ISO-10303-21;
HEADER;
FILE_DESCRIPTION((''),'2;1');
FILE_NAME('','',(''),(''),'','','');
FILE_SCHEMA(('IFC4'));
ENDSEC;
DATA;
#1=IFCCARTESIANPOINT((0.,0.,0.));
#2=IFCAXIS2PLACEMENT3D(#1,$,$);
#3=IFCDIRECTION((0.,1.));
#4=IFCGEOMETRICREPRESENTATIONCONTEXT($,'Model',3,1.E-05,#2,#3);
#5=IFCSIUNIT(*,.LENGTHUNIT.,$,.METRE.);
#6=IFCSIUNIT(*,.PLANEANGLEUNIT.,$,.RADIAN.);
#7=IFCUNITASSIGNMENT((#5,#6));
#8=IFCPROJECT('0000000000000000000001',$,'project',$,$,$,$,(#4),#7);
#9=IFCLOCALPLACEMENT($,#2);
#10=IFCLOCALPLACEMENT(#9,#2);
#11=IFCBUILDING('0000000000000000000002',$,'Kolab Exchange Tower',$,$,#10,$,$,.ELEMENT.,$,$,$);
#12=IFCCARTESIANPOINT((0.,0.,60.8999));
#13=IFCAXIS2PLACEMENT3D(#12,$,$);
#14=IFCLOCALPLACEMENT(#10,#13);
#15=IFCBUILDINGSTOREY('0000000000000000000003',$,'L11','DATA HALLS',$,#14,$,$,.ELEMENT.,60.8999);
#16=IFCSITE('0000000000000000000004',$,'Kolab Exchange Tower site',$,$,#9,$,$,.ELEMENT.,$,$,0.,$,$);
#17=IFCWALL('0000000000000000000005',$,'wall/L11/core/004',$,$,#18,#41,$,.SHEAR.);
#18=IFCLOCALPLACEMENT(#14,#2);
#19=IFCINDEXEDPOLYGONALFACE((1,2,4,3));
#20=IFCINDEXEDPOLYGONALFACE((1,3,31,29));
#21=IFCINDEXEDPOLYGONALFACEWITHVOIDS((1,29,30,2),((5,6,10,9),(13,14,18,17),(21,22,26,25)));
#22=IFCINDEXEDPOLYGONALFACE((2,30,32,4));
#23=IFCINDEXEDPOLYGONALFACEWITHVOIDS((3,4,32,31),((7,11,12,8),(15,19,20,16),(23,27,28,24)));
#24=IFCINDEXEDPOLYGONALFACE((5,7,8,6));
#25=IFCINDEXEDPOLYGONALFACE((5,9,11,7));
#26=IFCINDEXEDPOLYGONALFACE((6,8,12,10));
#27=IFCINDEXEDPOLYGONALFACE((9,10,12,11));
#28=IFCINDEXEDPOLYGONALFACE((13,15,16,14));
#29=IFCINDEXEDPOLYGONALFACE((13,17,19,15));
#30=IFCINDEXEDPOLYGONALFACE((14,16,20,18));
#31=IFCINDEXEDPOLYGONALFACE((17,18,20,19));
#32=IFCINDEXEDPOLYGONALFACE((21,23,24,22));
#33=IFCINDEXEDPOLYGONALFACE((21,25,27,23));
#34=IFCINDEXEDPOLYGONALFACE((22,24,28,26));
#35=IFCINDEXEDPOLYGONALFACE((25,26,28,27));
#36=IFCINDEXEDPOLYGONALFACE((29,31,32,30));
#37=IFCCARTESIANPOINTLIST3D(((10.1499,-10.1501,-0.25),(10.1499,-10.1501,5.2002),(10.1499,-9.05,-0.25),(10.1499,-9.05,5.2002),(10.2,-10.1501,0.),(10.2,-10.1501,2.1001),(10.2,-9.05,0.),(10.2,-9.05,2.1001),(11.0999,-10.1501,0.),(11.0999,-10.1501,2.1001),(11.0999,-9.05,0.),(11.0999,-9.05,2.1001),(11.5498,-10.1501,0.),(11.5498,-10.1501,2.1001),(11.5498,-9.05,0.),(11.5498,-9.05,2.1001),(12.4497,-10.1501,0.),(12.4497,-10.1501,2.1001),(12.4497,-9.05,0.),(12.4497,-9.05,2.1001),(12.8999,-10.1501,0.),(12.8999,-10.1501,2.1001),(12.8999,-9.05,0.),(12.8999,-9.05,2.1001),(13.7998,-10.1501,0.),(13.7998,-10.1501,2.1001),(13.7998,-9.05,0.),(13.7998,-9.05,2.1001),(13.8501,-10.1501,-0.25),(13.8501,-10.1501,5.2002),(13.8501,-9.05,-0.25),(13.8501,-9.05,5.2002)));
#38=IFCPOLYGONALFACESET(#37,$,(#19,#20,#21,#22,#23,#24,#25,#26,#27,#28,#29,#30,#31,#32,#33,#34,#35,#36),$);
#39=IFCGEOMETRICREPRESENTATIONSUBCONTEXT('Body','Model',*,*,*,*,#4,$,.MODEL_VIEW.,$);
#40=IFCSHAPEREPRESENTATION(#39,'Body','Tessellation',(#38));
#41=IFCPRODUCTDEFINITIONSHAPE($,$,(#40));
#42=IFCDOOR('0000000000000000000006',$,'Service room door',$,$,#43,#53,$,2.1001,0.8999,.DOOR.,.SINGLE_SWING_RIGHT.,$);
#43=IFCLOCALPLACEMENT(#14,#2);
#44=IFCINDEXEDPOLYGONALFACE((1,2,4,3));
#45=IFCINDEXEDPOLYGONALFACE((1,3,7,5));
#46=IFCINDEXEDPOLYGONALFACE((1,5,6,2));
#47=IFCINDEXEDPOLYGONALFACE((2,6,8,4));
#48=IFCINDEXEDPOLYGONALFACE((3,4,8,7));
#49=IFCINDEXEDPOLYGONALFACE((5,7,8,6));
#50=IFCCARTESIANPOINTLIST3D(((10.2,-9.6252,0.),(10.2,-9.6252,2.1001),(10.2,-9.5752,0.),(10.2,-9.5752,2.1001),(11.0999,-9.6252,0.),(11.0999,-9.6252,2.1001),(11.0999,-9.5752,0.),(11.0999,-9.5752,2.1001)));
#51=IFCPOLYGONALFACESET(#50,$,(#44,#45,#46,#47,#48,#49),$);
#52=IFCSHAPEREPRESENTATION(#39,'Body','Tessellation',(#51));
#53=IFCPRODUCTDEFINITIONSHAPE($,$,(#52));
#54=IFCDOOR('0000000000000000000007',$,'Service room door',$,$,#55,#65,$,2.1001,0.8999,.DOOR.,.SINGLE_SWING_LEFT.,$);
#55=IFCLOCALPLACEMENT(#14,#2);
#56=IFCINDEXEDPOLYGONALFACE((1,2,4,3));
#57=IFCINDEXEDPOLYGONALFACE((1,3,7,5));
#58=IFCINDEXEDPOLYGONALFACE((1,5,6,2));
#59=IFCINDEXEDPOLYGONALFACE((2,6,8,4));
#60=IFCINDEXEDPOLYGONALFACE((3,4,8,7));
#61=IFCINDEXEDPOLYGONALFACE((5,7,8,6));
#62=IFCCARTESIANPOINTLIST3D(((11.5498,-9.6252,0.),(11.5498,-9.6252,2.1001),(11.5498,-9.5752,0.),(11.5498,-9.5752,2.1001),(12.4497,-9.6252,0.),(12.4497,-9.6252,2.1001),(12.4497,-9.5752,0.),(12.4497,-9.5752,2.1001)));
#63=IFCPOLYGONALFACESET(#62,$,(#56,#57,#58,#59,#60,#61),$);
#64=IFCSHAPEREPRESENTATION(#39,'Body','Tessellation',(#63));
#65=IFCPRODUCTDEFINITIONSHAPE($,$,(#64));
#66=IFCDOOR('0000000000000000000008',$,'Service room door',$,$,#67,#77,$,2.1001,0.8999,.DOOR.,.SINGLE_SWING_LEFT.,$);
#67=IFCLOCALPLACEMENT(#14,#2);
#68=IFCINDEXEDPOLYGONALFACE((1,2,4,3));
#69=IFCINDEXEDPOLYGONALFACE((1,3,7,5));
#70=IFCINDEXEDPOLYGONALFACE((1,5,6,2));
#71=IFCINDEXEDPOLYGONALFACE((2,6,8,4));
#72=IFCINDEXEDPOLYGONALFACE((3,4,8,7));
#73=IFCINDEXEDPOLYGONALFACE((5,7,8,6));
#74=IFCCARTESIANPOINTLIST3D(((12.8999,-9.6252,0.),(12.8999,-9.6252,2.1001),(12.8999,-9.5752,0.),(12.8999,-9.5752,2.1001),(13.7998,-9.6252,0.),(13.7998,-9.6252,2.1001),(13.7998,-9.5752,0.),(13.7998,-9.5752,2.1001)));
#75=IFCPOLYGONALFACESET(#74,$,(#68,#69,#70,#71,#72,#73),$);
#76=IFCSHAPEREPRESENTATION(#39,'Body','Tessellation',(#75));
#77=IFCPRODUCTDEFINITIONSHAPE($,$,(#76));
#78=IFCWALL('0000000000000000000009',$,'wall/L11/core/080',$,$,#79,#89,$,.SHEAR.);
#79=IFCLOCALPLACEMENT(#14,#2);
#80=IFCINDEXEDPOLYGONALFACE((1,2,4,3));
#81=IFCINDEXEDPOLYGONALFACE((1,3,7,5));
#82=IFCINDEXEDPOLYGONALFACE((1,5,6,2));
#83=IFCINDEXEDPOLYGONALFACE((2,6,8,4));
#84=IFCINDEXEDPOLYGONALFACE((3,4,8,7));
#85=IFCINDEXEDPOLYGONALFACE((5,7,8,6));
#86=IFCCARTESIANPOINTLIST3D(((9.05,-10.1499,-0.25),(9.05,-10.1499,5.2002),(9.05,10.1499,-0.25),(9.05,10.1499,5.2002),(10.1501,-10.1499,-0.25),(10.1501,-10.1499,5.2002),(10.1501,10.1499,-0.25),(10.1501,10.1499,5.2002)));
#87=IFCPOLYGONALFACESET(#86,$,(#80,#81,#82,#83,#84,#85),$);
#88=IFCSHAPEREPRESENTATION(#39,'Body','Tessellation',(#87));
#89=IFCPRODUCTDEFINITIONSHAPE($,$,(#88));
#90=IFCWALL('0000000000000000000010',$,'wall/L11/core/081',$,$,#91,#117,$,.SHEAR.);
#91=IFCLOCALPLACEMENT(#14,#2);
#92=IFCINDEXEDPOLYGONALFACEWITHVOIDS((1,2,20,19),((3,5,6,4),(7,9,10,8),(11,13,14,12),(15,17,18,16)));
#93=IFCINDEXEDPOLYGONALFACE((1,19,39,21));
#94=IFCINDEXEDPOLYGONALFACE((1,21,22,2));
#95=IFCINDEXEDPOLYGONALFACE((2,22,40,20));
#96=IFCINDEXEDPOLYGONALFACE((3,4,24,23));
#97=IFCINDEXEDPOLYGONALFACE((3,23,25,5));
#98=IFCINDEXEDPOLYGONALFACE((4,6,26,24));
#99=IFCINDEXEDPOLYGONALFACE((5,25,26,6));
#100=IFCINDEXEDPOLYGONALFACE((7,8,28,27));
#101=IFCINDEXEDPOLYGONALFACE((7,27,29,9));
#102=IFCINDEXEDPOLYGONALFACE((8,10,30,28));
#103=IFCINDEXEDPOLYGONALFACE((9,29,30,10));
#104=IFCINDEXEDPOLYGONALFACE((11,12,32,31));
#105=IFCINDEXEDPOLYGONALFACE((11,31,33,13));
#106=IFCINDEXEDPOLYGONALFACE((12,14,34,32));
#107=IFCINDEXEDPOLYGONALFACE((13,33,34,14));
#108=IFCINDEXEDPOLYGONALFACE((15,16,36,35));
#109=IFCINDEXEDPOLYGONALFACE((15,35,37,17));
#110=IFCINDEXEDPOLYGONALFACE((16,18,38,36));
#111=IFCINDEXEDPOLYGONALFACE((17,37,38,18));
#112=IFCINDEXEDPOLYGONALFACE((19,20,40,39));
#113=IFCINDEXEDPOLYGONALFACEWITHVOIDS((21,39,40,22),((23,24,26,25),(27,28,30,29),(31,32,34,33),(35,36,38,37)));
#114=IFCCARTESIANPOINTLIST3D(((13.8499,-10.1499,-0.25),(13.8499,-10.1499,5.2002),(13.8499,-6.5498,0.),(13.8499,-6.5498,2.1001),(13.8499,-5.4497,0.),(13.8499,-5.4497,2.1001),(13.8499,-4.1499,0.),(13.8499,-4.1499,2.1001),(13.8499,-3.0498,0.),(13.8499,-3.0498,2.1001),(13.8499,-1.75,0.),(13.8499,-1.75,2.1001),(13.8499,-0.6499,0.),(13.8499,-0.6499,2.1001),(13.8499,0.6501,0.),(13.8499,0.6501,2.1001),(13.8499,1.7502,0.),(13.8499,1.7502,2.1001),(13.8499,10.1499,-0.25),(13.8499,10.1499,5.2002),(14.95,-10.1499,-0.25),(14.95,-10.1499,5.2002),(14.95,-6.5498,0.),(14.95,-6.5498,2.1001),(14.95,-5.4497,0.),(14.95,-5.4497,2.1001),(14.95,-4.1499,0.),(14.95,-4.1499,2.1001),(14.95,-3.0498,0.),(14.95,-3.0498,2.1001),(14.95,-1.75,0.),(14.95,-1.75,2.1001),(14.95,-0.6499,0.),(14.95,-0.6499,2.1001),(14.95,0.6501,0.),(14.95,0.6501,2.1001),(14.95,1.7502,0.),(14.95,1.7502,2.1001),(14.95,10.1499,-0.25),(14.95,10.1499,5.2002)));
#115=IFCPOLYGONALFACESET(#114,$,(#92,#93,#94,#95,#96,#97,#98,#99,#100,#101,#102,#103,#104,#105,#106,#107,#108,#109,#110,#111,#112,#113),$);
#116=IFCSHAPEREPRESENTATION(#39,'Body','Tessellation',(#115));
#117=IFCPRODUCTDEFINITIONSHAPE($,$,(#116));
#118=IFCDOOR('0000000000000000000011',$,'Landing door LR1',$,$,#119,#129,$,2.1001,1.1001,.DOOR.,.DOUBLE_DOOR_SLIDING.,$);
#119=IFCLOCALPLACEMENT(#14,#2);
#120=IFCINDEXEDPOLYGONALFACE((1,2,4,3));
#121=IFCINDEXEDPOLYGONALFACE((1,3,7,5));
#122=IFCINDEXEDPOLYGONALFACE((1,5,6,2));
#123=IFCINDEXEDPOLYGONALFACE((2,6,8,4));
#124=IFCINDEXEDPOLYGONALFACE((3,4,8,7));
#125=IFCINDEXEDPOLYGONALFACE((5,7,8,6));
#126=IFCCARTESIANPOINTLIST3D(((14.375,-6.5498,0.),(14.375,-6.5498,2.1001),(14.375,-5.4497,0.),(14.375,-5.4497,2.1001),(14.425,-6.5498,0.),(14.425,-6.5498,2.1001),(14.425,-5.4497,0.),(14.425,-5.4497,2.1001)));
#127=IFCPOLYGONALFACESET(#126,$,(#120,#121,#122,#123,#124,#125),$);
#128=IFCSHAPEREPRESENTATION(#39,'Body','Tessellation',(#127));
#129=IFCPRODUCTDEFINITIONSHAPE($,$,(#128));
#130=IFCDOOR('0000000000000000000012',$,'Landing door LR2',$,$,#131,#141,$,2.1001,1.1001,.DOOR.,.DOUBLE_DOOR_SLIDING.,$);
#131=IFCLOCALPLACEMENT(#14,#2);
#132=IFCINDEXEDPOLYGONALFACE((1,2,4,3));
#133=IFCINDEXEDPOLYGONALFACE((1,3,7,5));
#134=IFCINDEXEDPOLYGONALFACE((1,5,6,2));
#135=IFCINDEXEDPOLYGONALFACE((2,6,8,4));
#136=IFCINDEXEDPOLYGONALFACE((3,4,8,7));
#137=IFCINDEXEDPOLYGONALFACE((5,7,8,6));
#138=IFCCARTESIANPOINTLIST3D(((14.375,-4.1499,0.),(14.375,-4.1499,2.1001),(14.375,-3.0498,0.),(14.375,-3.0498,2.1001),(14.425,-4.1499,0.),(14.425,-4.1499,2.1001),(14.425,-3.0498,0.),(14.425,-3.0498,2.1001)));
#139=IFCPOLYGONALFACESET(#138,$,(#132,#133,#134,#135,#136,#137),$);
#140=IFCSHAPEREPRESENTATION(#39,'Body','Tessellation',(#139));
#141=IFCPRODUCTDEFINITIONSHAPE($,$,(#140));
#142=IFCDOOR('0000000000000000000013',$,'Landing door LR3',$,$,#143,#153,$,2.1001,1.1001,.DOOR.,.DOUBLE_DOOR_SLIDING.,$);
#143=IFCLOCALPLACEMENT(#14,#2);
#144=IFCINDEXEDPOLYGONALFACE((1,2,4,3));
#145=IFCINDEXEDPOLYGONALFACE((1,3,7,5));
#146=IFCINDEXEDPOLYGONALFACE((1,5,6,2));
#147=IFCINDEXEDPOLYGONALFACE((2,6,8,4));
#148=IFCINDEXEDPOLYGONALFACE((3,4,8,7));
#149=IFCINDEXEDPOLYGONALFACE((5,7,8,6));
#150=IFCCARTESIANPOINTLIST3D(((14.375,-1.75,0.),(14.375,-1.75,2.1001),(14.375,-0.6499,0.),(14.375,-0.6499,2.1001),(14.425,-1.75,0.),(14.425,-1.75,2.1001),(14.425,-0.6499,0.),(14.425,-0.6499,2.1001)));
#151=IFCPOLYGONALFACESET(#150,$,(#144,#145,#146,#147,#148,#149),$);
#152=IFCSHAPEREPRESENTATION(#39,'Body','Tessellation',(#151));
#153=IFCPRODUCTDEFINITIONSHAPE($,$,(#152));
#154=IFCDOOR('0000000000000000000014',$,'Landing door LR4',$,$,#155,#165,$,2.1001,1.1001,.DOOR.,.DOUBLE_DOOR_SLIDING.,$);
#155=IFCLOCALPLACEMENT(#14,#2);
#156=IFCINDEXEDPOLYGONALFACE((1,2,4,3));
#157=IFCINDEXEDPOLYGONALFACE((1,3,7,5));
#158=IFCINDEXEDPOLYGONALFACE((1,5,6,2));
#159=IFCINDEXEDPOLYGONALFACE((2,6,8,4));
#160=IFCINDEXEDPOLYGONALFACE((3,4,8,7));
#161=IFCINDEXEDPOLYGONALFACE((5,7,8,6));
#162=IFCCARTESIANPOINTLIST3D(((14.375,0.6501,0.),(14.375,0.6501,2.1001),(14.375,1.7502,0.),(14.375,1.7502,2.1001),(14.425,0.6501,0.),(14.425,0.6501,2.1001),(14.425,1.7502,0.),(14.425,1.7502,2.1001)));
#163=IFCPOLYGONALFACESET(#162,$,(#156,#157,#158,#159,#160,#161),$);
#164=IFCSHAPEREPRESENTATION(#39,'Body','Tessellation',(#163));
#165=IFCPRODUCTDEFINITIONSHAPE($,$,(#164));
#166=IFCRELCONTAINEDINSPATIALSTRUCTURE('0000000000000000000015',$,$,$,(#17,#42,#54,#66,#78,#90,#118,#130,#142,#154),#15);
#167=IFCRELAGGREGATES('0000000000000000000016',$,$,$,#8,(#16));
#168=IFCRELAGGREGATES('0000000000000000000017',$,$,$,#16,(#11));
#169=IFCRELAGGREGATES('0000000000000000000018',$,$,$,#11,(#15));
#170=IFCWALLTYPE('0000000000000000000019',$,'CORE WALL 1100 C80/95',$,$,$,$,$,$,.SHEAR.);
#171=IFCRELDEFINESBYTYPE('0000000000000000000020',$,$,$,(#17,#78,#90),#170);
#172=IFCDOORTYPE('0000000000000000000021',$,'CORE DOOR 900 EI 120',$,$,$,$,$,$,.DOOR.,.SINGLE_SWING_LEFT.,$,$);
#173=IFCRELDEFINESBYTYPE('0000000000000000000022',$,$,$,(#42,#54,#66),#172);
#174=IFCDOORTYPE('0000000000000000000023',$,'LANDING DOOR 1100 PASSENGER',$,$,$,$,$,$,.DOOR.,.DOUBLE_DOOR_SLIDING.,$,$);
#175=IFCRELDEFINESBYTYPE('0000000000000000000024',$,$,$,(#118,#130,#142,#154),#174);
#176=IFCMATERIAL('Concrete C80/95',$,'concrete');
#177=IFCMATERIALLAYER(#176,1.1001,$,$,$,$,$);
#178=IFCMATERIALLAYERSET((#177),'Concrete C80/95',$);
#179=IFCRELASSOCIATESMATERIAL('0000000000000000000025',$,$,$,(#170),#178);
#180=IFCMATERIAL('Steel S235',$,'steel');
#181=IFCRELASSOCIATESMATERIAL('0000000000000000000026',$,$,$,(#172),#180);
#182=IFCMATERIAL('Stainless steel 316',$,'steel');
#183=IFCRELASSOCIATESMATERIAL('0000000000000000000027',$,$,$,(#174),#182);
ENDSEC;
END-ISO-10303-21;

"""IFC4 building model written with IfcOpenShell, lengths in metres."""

from ifc_helpers import new_model, si_unit, direction, frame, frame_2d, origin, place, context, subcontext, project, spatial, rectangle, extrude, material, layer, layer_set, type_object, element, fill, save


model = new_model("IFC4")

# Units and contexts
model_context = context("Model", 3, precision=1e-05, world=origin(), true_north=direction((0.0, 1.0)))
body_context = subcontext(model_context, "Body", "Model", "MODEL_VIEW")
ifc_project = project(units=[si_unit("LENGTHUNIT", "METRE"), si_unit("PLANEANGLEUNIT", "RADIAN")], contexts=[model_context])

# Site, building, storey
site_placement = place(None, origin())
site = spatial("IfcSite", under=ifc_project, at=site_placement, Name="Kolab Exchange Tower site", CompositionType="ELEMENT", RefElevation=0.0)
building_placement = place(site_placement, origin())
building = spatial("IfcBuilding", under=site, at=building_placement, Name="Kolab Exchange Tower", CompositionType="ELEMENT")
storey_placement = place(building_placement, frame((0.0, 0.0, 60.8999)))
storey = spatial("IfcBuildingStorey", under=building, at=storey_placement, Name="L11", Description="DATA HALLS", CompositionType="ELEMENT", Elevation=60.8999)

# Shared definitions
ifc_material_1 = material(Name="Concrete C80/95", Category="concrete")

# Wall, openings, doors
ifc_layer_1 = layer(ifc_material_1, 1.1001)
ifc_layer_set_1 = layer_set([ifc_layer_1], Name="Concrete C80/95")
wall_type_1 = type_object("IfcWallType", Name="CORE WALL 1100 C80/95", PredefinedType="SHEAR", material=ifc_layer_set_1)
wall_1_placement = place(storey_placement, frame((10.1499, -9.6001, -0.25), z_axis=(0.0, 0.0, 1.0), x_axis=(1.0, 0.0, 0.0)))
wall_1 = element("IfcWall", 1, at=wall_1_placement, inside=storey, type_object=wall_type_1, Name="wall/L11/core/004", PredefinedType="SHEAR", context=body_context, shape_type="SweptSolid", body=[
    extrude(rectangle(XDim=3.7002, YDim=1.1001, at=frame_2d((1.8501, 0.0))), origin(), (0.0, 0.0, 1.0), 5.4502),
])
opening_1_placement = place(wall_1_placement, frame((0.05, 0.0, 0.25)))
opening_1 = element("IfcOpeningElement", 2, at=opening_1_placement, cuts=wall_1, PredefinedType="OPENING", context=body_context, shape_type="SweptSolid", body=[
    extrude(rectangle(XDim=0.8999, YDim=2.1001, at=frame_2d((0.45, 1.05))), frame((0.0, 0.5601, 0.0), z_axis=(0.0, -1.0, 0.0), x_axis=(1.0, 0.0, 0.0)), (0.0, 0.0, 1.0), 1.1201),
])
opening_2_placement = place(wall_1_placement, frame((1.3999, 0.0, 0.25)))
opening_2 = element("IfcOpeningElement", 3, at=opening_2_placement, cuts=wall_1, PredefinedType="OPENING", context=body_context, shape_type="SweptSolid", body=[
    extrude(rectangle(XDim=0.8999, YDim=2.1001, at=frame_2d((0.45, 1.05))), frame((0.0, 0.5601, 0.0), z_axis=(0.0, -1.0, 0.0), x_axis=(1.0, 0.0, 0.0)), (0.0, 0.0, 1.0), 1.1201),
])
opening_3_placement = place(wall_1_placement, frame((2.75, 0.0, 0.25)))
opening_3 = element("IfcOpeningElement", 4, at=opening_3_placement, cuts=wall_1, PredefinedType="OPENING", context=body_context, shape_type="SweptSolid", body=[
    extrude(rectangle(XDim=0.8999, YDim=2.1001, at=frame_2d((0.45, 1.05))), frame((0.0, 0.5601, 0.0), z_axis=(0.0, -1.0, 0.0), x_axis=(1.0, 0.0, 0.0)), (0.0, 0.0, 1.0), 1.1201),
])
ifc_material_2 = material(Name="Steel S235", Category="steel")
door_type_1 = type_object("IfcDoorType", Name="CORE DOOR 900 EI 120", OperationType="SINGLE_SWING_LEFT", PredefinedType="DOOR", material=ifc_material_2)
door_1_placement = place(opening_1_placement, origin())
door_1 = element("IfcDoor", 5, at=door_1_placement, inside=storey, type_object=door_type_1, Name="Service room door", OperationType="SINGLE_SWING_RIGHT", OverallHeight=2.1001, OverallWidth=0.8999, PredefinedType="DOOR", context=body_context, shape_type="SweptSolid", body=[
    extrude(rectangle(XDim=0.8999, YDim=2.1001, at=frame_2d((0.45, 1.05))), frame((0.0, 0.0249, 0.0), z_axis=(0.0, -1.0, 0.0), x_axis=(1.0, 0.0, 0.0)), (0.0, 0.0, 1.0), 0.05),
])
fill(opening_1, door_1)
door_2_placement = place(opening_2_placement, origin())
door_2 = element("IfcDoor", 6, at=door_2_placement, inside=storey, type_object=door_type_1, Name="Service room door", OperationType="SINGLE_SWING_LEFT", OverallHeight=2.1001, OverallWidth=0.8999, PredefinedType="DOOR", context=body_context, shape_type="SweptSolid", body=[
    extrude(rectangle(XDim=0.8999, YDim=2.1001, at=frame_2d((0.45, 1.05))), frame((0.0, 0.0249, 0.0), z_axis=(0.0, -1.0, 0.0), x_axis=(1.0, 0.0, 0.0)), (0.0, 0.0, 1.0), 0.05),
])
fill(opening_2, door_2)
door_3_placement = place(opening_3_placement, origin())
door_3 = element("IfcDoor", 7, at=door_3_placement, inside=storey, type_object=door_type_1, Name="Service room door", OperationType="SINGLE_SWING_LEFT", OverallHeight=2.1001, OverallWidth=0.8999, PredefinedType="DOOR", context=body_context, shape_type="SweptSolid", body=[
    extrude(rectangle(XDim=0.8999, YDim=2.1001, at=frame_2d((0.45, 1.05))), frame((0.0, 0.0249, 0.0), z_axis=(0.0, -1.0, 0.0), x_axis=(1.0, 0.0, 0.0)), (0.0, 0.0, 1.0), 0.05),
])
fill(opening_3, door_3)

# Wall
wall_2_placement = place(storey_placement, frame((9.6001, -10.1499, -0.25), z_axis=(0.0, 0.0, 1.0), x_axis=(0.0, 1.0, 0.0)))
element("IfcWall", 8, at=wall_2_placement, inside=storey, type_object=wall_type_1, Name="wall/L11/core/080", PredefinedType="SHEAR", context=body_context, shape_type="SweptSolid", body=[
    extrude(rectangle(XDim=20.2998, YDim=1.1001, at=frame_2d((10.1499, 0.0))), origin(), (0.0, 0.0, 1.0), 5.4502),
])

# Wall, openings, doors
wall_3_placement = place(storey_placement, frame((14.3999, -10.1499, -0.25), z_axis=(0.0, 0.0, 1.0), x_axis=(0.0, 1.0, 0.0)))
wall_3 = element("IfcWall", 9, at=wall_3_placement, inside=storey, type_object=wall_type_1, Name="wall/L11/core/081", PredefinedType="SHEAR", context=body_context, shape_type="SweptSolid", body=[
    extrude(rectangle(XDim=20.2998, YDim=1.1001, at=frame_2d((10.1499, 0.0))), origin(), (0.0, 0.0, 1.0), 5.4502),
])
opening_4_placement = place(wall_3_placement, frame((3.6001, 0.0, 0.25)))
opening_4 = element("IfcOpeningElement", 10, at=opening_4_placement, cuts=wall_3, PredefinedType="OPENING", context=body_context, shape_type="SweptSolid", body=[
    extrude(rectangle(XDim=1.1001, YDim=2.1001, at=frame_2d((0.55, 1.05))), frame((0.0, 0.5601, 0.0), z_axis=(0.0, -1.0, 0.0), x_axis=(1.0, 0.0, 0.0)), (0.0, 0.0, 1.0), 1.1201),
])
opening_5_placement = place(wall_3_placement, frame((6.0, 0.0, 0.25)))
opening_5 = element("IfcOpeningElement", 11, at=opening_5_placement, cuts=wall_3, PredefinedType="OPENING", context=body_context, shape_type="SweptSolid", body=[
    extrude(rectangle(XDim=1.1001, YDim=2.1001, at=frame_2d((0.55, 1.05))), frame((0.0, 0.5601, 0.0), z_axis=(0.0, -1.0, 0.0), x_axis=(1.0, 0.0, 0.0)), (0.0, 0.0, 1.0), 1.1201),
])
opening_6_placement = place(wall_3_placement, frame((8.3999, 0.0, 0.25)))
opening_6 = element("IfcOpeningElement", 12, at=opening_6_placement, cuts=wall_3, PredefinedType="OPENING", context=body_context, shape_type="SweptSolid", body=[
    extrude(rectangle(XDim=1.1001, YDim=2.1001, at=frame_2d((0.55, 1.05))), frame((0.0, 0.5601, 0.0), z_axis=(0.0, -1.0, 0.0), x_axis=(1.0, 0.0, 0.0)), (0.0, 0.0, 1.0), 1.1201),
])
opening_7_placement = place(wall_3_placement, frame((10.8, 0.0, 0.25)))
opening_7 = element("IfcOpeningElement", 13, at=opening_7_placement, cuts=wall_3, PredefinedType="OPENING", context=body_context, shape_type="SweptSolid", body=[
    extrude(rectangle(XDim=1.1001, YDim=2.1001, at=frame_2d((0.55, 1.05))), frame((0.0, 0.5601, 0.0), z_axis=(0.0, -1.0, 0.0), x_axis=(1.0, 0.0, 0.0)), (0.0, 0.0, 1.0), 1.1201),
])
ifc_material_3 = material(Name="Stainless steel 316", Category="steel")
door_type_2 = type_object("IfcDoorType", Name="LANDING DOOR 1100 PASSENGER", OperationType="DOUBLE_DOOR_SLIDING", PredefinedType="DOOR", material=ifc_material_3)
door_4_placement = place(opening_4_placement, origin())
door_4 = element("IfcDoor", 14, at=door_4_placement, inside=storey, type_object=door_type_2, Name="Landing door LR1", OperationType="DOUBLE_DOOR_SLIDING", OverallHeight=2.1001, OverallWidth=1.1001, PredefinedType="DOOR", context=body_context, shape_type="SweptSolid", body=[
    extrude(rectangle(XDim=1.1001, YDim=2.1001, at=frame_2d((0.55, 1.05))), frame((0.0, 0.0249, 0.0), z_axis=(0.0, -1.0, 0.0), x_axis=(1.0, 0.0, 0.0)), (0.0, 0.0, 1.0), 0.05),
])
fill(opening_4, door_4)
door_5_placement = place(opening_5_placement, origin())
door_5 = element("IfcDoor", 15, at=door_5_placement, inside=storey, type_object=door_type_2, Name="Landing door LR2", OperationType="DOUBLE_DOOR_SLIDING", OverallHeight=2.1001, OverallWidth=1.1001, PredefinedType="DOOR", context=body_context, shape_type="SweptSolid", body=[
    extrude(rectangle(XDim=1.1001, YDim=2.1001, at=frame_2d((0.55, 1.05))), frame((0.0, 0.0249, 0.0), z_axis=(0.0, -1.0, 0.0), x_axis=(1.0, 0.0, 0.0)), (0.0, 0.0, 1.0), 0.05),
])
fill(opening_5, door_5)
door_6_placement = place(opening_6_placement, origin())
door_6 = element("IfcDoor", 16, at=door_6_placement, inside=storey, type_object=door_type_2, Name="Landing door LR3", OperationType="DOUBLE_DOOR_SLIDING", OverallHeight=2.1001, OverallWidth=1.1001, PredefinedType="DOOR", context=body_context, shape_type="SweptSolid", body=[
    extrude(rectangle(XDim=1.1001, YDim=2.1001, at=frame_2d((0.55, 1.05))), frame((0.0, 0.0249, 0.0), z_axis=(0.0, -1.0, 0.0), x_axis=(1.0, 0.0, 0.0)), (0.0, 0.0, 1.0), 0.05),
])
fill(opening_6, door_6)
door_7_placement = place(opening_7_placement, origin())
door_7 = element("IfcDoor", 17, at=door_7_placement, inside=storey, type_object=door_type_2, Name="Landing door LR4", OperationType="DOUBLE_DOOR_SLIDING", OverallHeight=2.1001, OverallWidth=1.1001, PredefinedType="DOOR", context=body_context, shape_type="SweptSolid", body=[
    extrude(rectangle(XDim=1.1001, YDim=2.1001, at=frame_2d((0.55, 1.05))), frame((0.0, 0.0249, 0.0), z_axis=(0.0, -1.0, 0.0), x_axis=(1.0, 0.0, 0.0)), (0.0, 0.0, 1.0), 0.05),
])
fill(opening_7, door_7)

save(model, "model.ifc")
